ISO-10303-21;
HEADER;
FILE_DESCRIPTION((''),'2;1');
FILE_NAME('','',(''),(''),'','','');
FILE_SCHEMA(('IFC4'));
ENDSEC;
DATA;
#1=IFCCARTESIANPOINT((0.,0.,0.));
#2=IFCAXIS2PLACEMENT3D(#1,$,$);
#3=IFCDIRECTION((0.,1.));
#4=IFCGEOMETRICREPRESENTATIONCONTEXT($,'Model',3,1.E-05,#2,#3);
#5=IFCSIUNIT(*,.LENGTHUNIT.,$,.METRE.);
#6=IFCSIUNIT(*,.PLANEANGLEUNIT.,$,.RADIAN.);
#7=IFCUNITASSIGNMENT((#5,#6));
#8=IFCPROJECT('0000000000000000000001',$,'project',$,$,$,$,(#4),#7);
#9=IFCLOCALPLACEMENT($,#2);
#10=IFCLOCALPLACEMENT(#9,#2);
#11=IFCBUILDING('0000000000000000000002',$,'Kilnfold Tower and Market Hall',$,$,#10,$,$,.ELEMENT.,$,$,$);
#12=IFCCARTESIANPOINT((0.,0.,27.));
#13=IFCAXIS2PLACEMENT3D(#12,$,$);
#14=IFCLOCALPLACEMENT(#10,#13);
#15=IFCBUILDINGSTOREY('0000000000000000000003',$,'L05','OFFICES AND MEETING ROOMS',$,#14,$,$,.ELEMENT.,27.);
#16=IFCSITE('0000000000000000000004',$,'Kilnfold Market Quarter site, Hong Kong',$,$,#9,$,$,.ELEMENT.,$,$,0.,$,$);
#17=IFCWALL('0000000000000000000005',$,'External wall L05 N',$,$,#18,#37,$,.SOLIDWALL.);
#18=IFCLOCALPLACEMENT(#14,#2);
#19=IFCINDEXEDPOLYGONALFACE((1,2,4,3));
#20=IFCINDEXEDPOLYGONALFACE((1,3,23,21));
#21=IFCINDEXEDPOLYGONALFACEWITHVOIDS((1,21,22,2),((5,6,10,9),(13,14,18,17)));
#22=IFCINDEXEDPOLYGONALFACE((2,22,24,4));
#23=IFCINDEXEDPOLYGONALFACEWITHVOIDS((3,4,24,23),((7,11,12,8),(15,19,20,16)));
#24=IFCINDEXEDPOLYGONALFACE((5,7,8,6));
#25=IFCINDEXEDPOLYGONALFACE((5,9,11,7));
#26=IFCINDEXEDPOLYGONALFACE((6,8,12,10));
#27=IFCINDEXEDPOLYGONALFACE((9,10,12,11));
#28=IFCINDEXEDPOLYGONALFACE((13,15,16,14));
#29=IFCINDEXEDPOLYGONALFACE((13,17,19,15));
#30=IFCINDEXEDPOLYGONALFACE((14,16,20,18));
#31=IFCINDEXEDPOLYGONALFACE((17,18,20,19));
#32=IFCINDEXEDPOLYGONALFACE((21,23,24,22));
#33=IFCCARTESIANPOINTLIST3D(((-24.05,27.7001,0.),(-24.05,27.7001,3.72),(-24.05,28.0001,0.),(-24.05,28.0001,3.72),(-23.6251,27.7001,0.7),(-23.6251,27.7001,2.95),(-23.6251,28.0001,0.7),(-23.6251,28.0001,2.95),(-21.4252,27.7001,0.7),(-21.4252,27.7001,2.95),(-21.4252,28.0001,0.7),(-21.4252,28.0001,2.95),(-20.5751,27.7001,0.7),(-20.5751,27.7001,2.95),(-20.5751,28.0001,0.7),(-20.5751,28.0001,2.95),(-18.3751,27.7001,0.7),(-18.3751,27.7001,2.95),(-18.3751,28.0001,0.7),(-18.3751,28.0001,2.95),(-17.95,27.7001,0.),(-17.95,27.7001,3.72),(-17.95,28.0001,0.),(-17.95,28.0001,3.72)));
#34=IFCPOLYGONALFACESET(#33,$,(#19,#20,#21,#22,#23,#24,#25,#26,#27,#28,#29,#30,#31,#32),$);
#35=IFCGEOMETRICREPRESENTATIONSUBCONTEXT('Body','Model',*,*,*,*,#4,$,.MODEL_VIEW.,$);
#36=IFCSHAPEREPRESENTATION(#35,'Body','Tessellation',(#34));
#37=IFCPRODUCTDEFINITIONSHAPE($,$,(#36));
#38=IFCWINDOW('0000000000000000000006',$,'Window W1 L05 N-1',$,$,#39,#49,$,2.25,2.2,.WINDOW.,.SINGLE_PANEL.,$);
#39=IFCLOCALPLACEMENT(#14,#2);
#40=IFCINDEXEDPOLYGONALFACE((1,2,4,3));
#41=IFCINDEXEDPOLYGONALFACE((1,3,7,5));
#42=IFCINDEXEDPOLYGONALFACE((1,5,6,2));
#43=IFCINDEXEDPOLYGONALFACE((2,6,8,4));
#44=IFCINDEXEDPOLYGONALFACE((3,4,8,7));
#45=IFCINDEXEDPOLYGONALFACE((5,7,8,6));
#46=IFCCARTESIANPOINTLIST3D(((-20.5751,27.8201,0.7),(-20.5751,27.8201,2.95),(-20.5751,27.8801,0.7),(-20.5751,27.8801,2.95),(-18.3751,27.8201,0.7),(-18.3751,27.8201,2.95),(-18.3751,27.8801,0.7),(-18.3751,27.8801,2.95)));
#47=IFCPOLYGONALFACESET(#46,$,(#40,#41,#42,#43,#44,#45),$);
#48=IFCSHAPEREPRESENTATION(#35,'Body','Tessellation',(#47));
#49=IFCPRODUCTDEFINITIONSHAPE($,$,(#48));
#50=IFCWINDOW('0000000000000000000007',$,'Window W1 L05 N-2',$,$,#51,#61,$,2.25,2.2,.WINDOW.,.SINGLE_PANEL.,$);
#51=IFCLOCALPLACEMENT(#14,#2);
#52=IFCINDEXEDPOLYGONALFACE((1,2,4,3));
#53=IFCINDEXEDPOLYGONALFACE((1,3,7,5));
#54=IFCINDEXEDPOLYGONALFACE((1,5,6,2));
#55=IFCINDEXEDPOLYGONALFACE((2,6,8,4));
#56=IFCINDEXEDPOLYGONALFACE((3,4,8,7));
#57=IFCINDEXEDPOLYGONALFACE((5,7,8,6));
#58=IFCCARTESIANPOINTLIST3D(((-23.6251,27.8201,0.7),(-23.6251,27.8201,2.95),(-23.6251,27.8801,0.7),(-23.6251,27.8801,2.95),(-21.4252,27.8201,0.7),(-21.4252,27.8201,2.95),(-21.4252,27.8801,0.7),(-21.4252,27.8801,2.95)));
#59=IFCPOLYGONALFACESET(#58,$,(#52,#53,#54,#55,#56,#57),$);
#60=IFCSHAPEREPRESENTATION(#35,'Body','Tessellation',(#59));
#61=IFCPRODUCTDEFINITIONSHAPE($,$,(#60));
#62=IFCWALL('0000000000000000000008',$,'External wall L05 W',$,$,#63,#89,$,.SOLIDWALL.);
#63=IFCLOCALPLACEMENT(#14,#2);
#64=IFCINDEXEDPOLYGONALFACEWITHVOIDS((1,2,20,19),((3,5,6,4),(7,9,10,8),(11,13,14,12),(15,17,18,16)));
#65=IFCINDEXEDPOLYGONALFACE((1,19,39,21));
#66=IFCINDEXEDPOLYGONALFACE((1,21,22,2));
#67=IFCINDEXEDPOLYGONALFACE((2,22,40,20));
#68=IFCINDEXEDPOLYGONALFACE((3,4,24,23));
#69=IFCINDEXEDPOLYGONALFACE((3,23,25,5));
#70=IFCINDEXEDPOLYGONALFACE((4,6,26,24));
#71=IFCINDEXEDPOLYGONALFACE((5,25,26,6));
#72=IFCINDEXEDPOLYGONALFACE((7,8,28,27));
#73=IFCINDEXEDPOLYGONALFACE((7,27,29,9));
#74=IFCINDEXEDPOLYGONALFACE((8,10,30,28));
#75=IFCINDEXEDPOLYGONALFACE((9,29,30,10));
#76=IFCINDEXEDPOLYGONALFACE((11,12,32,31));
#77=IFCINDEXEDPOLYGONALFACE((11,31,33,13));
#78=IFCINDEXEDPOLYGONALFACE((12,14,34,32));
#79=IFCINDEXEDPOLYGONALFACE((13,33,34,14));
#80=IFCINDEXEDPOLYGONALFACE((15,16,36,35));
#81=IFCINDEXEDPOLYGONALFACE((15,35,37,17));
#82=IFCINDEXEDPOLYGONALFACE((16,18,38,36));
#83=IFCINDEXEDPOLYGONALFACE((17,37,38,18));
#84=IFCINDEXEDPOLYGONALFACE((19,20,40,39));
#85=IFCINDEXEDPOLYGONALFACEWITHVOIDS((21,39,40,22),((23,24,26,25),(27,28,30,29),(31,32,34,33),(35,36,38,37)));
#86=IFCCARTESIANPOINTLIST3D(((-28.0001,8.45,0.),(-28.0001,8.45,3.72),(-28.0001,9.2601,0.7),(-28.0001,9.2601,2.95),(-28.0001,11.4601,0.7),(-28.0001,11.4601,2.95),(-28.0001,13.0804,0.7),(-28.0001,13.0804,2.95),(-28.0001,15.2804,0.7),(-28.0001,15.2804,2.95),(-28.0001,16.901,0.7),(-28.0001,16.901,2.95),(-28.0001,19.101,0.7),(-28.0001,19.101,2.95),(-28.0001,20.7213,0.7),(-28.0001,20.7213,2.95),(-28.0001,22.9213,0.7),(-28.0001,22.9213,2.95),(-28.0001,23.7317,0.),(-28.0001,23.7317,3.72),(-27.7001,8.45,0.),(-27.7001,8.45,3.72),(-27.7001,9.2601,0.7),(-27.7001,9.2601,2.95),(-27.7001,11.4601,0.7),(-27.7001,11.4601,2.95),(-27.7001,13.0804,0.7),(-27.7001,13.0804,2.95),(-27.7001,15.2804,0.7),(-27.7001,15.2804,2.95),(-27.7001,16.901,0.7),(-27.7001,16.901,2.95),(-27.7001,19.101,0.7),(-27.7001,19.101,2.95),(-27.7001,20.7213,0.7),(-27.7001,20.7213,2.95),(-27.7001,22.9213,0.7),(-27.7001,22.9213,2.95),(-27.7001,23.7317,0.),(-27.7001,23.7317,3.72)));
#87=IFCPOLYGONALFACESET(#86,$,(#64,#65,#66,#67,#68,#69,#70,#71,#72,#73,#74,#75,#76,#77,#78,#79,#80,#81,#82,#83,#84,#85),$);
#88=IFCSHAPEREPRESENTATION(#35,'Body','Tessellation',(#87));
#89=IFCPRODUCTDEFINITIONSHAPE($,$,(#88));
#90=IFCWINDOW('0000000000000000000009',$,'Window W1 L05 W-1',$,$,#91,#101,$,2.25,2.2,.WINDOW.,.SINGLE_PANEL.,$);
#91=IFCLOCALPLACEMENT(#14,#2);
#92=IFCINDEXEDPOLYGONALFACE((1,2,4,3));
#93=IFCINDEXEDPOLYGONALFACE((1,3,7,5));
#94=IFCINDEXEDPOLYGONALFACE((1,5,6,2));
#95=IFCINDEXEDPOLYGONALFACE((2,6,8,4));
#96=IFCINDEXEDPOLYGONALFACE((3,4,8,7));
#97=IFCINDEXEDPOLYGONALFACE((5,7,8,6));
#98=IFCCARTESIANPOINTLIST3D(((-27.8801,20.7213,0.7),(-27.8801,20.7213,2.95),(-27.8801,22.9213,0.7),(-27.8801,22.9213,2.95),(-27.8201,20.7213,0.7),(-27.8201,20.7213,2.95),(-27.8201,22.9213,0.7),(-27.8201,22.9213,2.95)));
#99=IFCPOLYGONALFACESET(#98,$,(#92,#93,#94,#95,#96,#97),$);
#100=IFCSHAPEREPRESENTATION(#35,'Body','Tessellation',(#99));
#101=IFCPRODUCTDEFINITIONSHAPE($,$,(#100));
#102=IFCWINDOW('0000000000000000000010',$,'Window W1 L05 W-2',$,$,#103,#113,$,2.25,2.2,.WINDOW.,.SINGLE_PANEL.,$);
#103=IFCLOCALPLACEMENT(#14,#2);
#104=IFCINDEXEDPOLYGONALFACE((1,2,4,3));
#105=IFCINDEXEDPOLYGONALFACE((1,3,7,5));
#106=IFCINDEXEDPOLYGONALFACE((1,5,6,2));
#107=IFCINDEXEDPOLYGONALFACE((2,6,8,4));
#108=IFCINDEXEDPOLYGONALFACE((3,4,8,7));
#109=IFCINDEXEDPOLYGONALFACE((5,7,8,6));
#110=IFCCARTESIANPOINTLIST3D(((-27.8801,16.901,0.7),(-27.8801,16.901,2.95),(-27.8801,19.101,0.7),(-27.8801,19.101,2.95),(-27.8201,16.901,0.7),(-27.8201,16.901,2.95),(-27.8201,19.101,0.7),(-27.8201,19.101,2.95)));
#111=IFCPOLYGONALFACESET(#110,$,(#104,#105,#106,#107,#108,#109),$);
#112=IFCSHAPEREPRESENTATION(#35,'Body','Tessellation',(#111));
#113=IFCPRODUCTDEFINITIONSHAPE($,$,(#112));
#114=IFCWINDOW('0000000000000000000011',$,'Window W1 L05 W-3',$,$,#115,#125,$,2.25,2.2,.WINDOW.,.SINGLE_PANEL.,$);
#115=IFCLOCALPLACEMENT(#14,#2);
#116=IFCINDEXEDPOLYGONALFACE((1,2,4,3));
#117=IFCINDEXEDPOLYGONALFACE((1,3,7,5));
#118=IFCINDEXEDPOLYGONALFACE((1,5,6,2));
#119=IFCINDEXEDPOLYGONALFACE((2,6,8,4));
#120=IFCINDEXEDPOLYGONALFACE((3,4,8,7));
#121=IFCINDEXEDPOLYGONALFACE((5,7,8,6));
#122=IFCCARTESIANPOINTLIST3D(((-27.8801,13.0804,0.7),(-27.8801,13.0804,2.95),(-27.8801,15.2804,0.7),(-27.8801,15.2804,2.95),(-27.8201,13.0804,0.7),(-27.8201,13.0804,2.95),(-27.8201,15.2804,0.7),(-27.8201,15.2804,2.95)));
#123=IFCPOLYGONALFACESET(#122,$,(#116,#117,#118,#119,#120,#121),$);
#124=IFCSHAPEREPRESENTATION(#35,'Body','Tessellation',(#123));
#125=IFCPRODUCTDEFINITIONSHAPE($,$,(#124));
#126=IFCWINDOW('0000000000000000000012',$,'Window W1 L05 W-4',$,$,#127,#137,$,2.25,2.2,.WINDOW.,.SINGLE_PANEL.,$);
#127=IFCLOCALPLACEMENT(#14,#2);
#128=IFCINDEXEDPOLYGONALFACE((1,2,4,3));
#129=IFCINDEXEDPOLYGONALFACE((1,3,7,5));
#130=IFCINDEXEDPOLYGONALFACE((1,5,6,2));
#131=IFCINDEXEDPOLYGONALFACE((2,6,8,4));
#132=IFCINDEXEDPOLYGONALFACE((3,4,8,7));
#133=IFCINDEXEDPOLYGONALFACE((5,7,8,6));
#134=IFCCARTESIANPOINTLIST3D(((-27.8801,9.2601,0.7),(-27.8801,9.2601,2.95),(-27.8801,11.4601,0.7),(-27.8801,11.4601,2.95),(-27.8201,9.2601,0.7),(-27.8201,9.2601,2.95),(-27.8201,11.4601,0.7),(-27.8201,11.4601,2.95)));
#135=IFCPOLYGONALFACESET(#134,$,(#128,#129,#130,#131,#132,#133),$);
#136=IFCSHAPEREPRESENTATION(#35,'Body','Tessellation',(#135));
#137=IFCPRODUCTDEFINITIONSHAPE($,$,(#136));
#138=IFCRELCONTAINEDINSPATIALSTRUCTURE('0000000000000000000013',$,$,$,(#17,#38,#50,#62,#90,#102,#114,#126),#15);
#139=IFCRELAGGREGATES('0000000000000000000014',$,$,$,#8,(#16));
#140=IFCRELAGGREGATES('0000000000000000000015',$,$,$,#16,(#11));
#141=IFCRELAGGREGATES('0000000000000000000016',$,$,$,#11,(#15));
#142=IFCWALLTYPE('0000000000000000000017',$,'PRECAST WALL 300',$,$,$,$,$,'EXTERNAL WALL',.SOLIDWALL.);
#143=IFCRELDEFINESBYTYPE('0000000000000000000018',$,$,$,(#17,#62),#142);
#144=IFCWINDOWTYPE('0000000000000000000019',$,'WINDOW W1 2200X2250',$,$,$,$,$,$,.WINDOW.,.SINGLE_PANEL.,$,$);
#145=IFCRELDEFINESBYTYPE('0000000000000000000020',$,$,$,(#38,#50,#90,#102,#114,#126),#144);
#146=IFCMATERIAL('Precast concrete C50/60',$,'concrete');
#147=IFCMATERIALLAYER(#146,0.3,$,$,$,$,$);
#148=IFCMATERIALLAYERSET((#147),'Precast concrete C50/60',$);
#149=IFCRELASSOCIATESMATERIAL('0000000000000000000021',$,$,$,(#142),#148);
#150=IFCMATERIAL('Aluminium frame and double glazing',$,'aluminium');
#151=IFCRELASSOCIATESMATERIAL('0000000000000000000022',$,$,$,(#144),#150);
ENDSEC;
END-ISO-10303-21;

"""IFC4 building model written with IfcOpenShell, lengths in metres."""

from ifc_helpers import new_model, si_unit, direction, frame, frame_2d, origin, place, context, subcontext, project, spatial, rectangle, extrude, source, transform, mapped, material, layer, layer_set, type_object, element, fill, save


model = new_model("IFC4")

# Units and contexts
model_context = context("Model", 3, precision=1e-05, world=origin(), true_north=direction((0.0, 1.0)))
body_context = subcontext(model_context, "Body", "Model", "MODEL_VIEW")
ifc_project = project(units=[si_unit("LENGTHUNIT", "METRE"), si_unit("PLANEANGLEUNIT", "RADIAN")], contexts=[model_context])

# Site, building, storey
site_placement = place(None, origin())
site = spatial("IfcSite", under=ifc_project, at=site_placement, Name="Kilnfold Market Quarter site, Hong Kong", CompositionType="ELEMENT", RefElevation=0.0)
building_placement = place(site_placement, origin())
building = spatial("IfcBuilding", under=site, at=building_placement, Name="Kilnfold Tower and Market Hall", CompositionType="ELEMENT")
storey_placement = place(building_placement, frame((0.0, 0.0, 27.0)))
storey = spatial("IfcBuildingStorey", under=building, at=storey_placement, Name="L05", Description="OFFICES AND MEETING ROOMS", CompositionType="ELEMENT", Elevation=27.0)

# Shared definitions
ifc_material_1 = material(Name="Precast concrete C50/60", Category="concrete")
ifc_layer_1 = layer(ifc_material_1, 0.3)
ifc_layer_set_1 = layer_set([ifc_layer_1], Name="Precast concrete C50/60")
wall_type_1 = type_object("IfcWallType", Name="PRECAST WALL 300", ElementType="EXTERNAL WALL", PredefinedType="SOLIDWALL", material=ifc_layer_set_1)
ifc_material_2 = material(Name="Aluminium frame and double glazing", Category="aluminium")
window_type = type_object("IfcWindowType", Name="WINDOW W1 2200X2250", PartitioningType="SINGLE_PANEL", PredefinedType="WINDOW", material=ifc_material_2)

# Walls, openings, windows
shared_shape_1 = source(origin(), body_context, "Body", "SweptSolid", [
    extrude(rectangle(XDim=6.1001, YDim=0.3, at=frame_2d((3.05, 0.0))), origin(), (0.0, 0.0, 1.0), 3.72),
])
wall_1_placement = place(storey_placement, frame((-17.95, 27.8501, 0.0), z_axis=(0.0, 0.0, 1.0), x_axis=(-1.0, 0.0, 0.0)))
wall_1 = element("IfcWall", 1, at=wall_1_placement, inside=storey, type_object=wall_type_1, Name="External wall L05 N", PredefinedType="SOLIDWALL", context=body_context, shape_type="MappedRepresentation", body=[
    mapped(shared_shape_1, transform((0.0, 0.0, 0.0))),
])
opening_1_placement = place(wall_1_placement, frame((0.425, 0.0, 0.7)))
opening_1 = element("IfcOpeningElement", 2, at=opening_1_placement, cuts=wall_1, PredefinedType="OPENING", context=body_context, shape_type="SweptSolid", body=[
    extrude(rectangle(XDim=2.2, YDim=2.25, at=frame_2d((1.1001, 1.125))), frame((0.0, 0.1602, 0.0), z_axis=(0.0, -1.0, 0.0), x_axis=(1.0, 0.0, 0.0)), (0.0, 0.0, 1.0), 0.3201),
])
opening_2_placement = place(wall_1_placement, frame((3.4751, 0.0, 0.7)))
opening_2 = element("IfcOpeningElement", 3, at=opening_2_placement, cuts=wall_1, PredefinedType="OPENING", context=body_context, shape_type="SweptSolid", body=[
    extrude(rectangle(XDim=2.2, YDim=2.25, at=frame_2d((1.1001, 1.125))), frame((0.0, 0.1602, 0.0), z_axis=(0.0, -1.0, 0.0), x_axis=(1.0, 0.0, 0.0)), (0.0, 0.0, 1.0), 0.3201),
])
window_1_placement = place(opening_1_placement, origin())
window_1 = element("IfcWindow", 4, at=window_1_placement, inside=storey, type_object=window_type, Name="Window W1 L05 N-1", OverallHeight=2.25, OverallWidth=2.2, PartitioningType="SINGLE_PANEL", PredefinedType="WINDOW", context=body_context, shape_type="SweptSolid", body=[
    extrude(rectangle(XDim=2.2, YDim=2.25, at=frame_2d((1.1001, 1.125))), frame((0.0, 0.03, 0.0), z_axis=(0.0, -1.0, 0.0), x_axis=(1.0, 0.0, 0.0)), (0.0, 0.0, 1.0), 0.0601),
])
fill(opening_1, window_1)
window_2_placement = place(opening_2_placement, origin())
window_2 = element("IfcWindow", 5, at=window_2_placement, inside=storey, type_object=window_type, Name="Window W1 L05 N-2", OverallHeight=2.25, OverallWidth=2.2, PartitioningType="SINGLE_PANEL", PredefinedType="WINDOW", context=body_context, shape_type="SweptSolid", body=[
    extrude(rectangle(XDim=2.2, YDim=2.25, at=frame_2d((1.1001, 1.125))), frame((0.0, 0.03, 0.0), z_axis=(0.0, -1.0, 0.0), x_axis=(1.0, 0.0, 0.0)), (0.0, 0.0, 1.0), 0.0601),
])
fill(opening_2, window_2)
shared_shape_2 = source(origin(), body_context, "Body", "SweptSolid", [
    extrude(rectangle(XDim=15.2817, YDim=0.3, at=frame_2d((7.6409, 0.0))), origin(), (0.0, 0.0, 1.0), 3.72),
])
wall_2_placement = place(storey_placement, frame((-27.8501, 23.7317, 0.0), z_axis=(0.0, 0.0, 1.0), x_axis=(0.0, -1.0, 0.0)))
wall_2 = element("IfcWall", 6, at=wall_2_placement, inside=storey, type_object=wall_type_1, Name="External wall L05 W", PredefinedType="SOLIDWALL", context=body_context, shape_type="MappedRepresentation", body=[
    mapped(shared_shape_2, transform((0.0, 0.0, 0.0))),
])
opening_3_placement = place(wall_2_placement, frame((0.8103, 0.0, 0.7)))
opening_3 = element("IfcOpeningElement", 7, at=opening_3_placement, cuts=wall_2, PredefinedType="OPENING", context=body_context, shape_type="SweptSolid", body=[
    extrude(rectangle(XDim=2.2, YDim=2.25, at=frame_2d((1.1001, 1.125))), frame((0.0, 0.1602, 0.0), z_axis=(0.0, -1.0, 0.0), x_axis=(1.0, 0.0, 0.0)), (0.0, 0.0, 1.0), 0.3201),
])
opening_4_placement = place(wall_2_placement, frame((4.6306, 0.0, 0.7)))
opening_4 = element("IfcOpeningElement", 8, at=opening_4_placement, cuts=wall_2, PredefinedType="OPENING", context=body_context, shape_type="SweptSolid", body=[
    extrude(rectangle(XDim=2.2, YDim=2.25, at=frame_2d((1.1001, 1.125))), frame((0.0, 0.1602, 0.0), z_axis=(0.0, -1.0, 0.0), x_axis=(1.0, 0.0, 0.0)), (0.0, 0.0, 1.0), 0.3201),
])
opening_5_placement = place(wall_2_placement, frame((8.4512, 0.0, 0.7)))
opening_5 = element("IfcOpeningElement", 9, at=opening_5_placement, cuts=wall_2, PredefinedType="OPENING", context=body_context, shape_type="SweptSolid", body=[
    extrude(rectangle(XDim=2.2, YDim=2.25, at=frame_2d((1.1001, 1.125))), frame((0.0, 0.1602, 0.0), z_axis=(0.0, -1.0, 0.0), x_axis=(1.0, 0.0, 0.0)), (0.0, 0.0, 1.0), 0.3201),
])
opening_6_placement = place(wall_2_placement, frame((12.2715, 0.0, 0.7)))
opening_6 = element("IfcOpeningElement", 10, at=opening_6_placement, cuts=wall_2, PredefinedType="OPENING", context=body_context, shape_type="SweptSolid", body=[
    extrude(rectangle(XDim=2.2, YDim=2.25, at=frame_2d((1.1001, 1.125))), frame((0.0, 0.1602, 0.0), z_axis=(0.0, -1.0, 0.0), x_axis=(1.0, 0.0, 0.0)), (0.0, 0.0, 1.0), 0.3201),
])
window_3_placement = place(opening_3_placement, origin())
window_3 = element("IfcWindow", 11, at=window_3_placement, inside=storey, type_object=window_type, Name="Window W1 L05 W-1", OverallHeight=2.25, OverallWidth=2.2, PartitioningType="SINGLE_PANEL", PredefinedType="WINDOW", context=body_context, shape_type="SweptSolid", body=[
    extrude(rectangle(XDim=2.2, YDim=2.25, at=frame_2d((1.1001, 1.125))), frame((0.0, 0.03, 0.0), z_axis=(0.0, -1.0, 0.0), x_axis=(1.0, 0.0, 0.0)), (0.0, 0.0, 1.0), 0.0601),
])
fill(opening_3, window_3)
window_4_placement = place(opening_4_placement, origin())
window_4 = element("IfcWindow", 12, at=window_4_placement, inside=storey, type_object=window_type, Name="Window W1 L05 W-2", OverallHeight=2.25, OverallWidth=2.2, PartitioningType="SINGLE_PANEL", PredefinedType="WINDOW", context=body_context, shape_type="SweptSolid", body=[
    extrude(rectangle(XDim=2.2, YDim=2.25, at=frame_2d((1.1001, 1.125))), frame((0.0, 0.03, 0.0), z_axis=(0.0, -1.0, 0.0), x_axis=(1.0, 0.0, 0.0)), (0.0, 0.0, 1.0), 0.0601),
])
fill(opening_4, window_4)
window_5_placement = place(opening_5_placement, origin())
window_5 = element("IfcWindow", 13, at=window_5_placement, inside=storey, type_object=window_type, Name="Window W1 L05 W-3", OverallHeight=2.25, OverallWidth=2.2, PartitioningType="SINGLE_PANEL", PredefinedType="WINDOW", context=body_context, shape_type="SweptSolid", body=[
    extrude(rectangle(XDim=2.2, YDim=2.25, at=frame_2d((1.1001, 1.125))), frame((0.0, 0.03, 0.0), z_axis=(0.0, -1.0, 0.0), x_axis=(1.0, 0.0, 0.0)), (0.0, 0.0, 1.0), 0.0601),
])
fill(opening_5, window_5)
window_6_placement = place(opening_6_placement, origin())
window_6 = element("IfcWindow", 14, at=window_6_placement, inside=storey, type_object=window_type, Name="Window W1 L05 W-4", OverallHeight=2.25, OverallWidth=2.2, PartitioningType="SINGLE_PANEL", PredefinedType="WINDOW", context=body_context, shape_type="SweptSolid", body=[
    extrude(rectangle(XDim=2.2, YDim=2.25, at=frame_2d((1.1001, 1.125))), frame((0.0, 0.03, 0.0), z_axis=(0.0, -1.0, 0.0), x_axis=(1.0, 0.0, 0.0)), (0.0, 0.0, 1.0), 0.0601),
])
fill(opening_6, window_6)

save(model, "model.ifc")
